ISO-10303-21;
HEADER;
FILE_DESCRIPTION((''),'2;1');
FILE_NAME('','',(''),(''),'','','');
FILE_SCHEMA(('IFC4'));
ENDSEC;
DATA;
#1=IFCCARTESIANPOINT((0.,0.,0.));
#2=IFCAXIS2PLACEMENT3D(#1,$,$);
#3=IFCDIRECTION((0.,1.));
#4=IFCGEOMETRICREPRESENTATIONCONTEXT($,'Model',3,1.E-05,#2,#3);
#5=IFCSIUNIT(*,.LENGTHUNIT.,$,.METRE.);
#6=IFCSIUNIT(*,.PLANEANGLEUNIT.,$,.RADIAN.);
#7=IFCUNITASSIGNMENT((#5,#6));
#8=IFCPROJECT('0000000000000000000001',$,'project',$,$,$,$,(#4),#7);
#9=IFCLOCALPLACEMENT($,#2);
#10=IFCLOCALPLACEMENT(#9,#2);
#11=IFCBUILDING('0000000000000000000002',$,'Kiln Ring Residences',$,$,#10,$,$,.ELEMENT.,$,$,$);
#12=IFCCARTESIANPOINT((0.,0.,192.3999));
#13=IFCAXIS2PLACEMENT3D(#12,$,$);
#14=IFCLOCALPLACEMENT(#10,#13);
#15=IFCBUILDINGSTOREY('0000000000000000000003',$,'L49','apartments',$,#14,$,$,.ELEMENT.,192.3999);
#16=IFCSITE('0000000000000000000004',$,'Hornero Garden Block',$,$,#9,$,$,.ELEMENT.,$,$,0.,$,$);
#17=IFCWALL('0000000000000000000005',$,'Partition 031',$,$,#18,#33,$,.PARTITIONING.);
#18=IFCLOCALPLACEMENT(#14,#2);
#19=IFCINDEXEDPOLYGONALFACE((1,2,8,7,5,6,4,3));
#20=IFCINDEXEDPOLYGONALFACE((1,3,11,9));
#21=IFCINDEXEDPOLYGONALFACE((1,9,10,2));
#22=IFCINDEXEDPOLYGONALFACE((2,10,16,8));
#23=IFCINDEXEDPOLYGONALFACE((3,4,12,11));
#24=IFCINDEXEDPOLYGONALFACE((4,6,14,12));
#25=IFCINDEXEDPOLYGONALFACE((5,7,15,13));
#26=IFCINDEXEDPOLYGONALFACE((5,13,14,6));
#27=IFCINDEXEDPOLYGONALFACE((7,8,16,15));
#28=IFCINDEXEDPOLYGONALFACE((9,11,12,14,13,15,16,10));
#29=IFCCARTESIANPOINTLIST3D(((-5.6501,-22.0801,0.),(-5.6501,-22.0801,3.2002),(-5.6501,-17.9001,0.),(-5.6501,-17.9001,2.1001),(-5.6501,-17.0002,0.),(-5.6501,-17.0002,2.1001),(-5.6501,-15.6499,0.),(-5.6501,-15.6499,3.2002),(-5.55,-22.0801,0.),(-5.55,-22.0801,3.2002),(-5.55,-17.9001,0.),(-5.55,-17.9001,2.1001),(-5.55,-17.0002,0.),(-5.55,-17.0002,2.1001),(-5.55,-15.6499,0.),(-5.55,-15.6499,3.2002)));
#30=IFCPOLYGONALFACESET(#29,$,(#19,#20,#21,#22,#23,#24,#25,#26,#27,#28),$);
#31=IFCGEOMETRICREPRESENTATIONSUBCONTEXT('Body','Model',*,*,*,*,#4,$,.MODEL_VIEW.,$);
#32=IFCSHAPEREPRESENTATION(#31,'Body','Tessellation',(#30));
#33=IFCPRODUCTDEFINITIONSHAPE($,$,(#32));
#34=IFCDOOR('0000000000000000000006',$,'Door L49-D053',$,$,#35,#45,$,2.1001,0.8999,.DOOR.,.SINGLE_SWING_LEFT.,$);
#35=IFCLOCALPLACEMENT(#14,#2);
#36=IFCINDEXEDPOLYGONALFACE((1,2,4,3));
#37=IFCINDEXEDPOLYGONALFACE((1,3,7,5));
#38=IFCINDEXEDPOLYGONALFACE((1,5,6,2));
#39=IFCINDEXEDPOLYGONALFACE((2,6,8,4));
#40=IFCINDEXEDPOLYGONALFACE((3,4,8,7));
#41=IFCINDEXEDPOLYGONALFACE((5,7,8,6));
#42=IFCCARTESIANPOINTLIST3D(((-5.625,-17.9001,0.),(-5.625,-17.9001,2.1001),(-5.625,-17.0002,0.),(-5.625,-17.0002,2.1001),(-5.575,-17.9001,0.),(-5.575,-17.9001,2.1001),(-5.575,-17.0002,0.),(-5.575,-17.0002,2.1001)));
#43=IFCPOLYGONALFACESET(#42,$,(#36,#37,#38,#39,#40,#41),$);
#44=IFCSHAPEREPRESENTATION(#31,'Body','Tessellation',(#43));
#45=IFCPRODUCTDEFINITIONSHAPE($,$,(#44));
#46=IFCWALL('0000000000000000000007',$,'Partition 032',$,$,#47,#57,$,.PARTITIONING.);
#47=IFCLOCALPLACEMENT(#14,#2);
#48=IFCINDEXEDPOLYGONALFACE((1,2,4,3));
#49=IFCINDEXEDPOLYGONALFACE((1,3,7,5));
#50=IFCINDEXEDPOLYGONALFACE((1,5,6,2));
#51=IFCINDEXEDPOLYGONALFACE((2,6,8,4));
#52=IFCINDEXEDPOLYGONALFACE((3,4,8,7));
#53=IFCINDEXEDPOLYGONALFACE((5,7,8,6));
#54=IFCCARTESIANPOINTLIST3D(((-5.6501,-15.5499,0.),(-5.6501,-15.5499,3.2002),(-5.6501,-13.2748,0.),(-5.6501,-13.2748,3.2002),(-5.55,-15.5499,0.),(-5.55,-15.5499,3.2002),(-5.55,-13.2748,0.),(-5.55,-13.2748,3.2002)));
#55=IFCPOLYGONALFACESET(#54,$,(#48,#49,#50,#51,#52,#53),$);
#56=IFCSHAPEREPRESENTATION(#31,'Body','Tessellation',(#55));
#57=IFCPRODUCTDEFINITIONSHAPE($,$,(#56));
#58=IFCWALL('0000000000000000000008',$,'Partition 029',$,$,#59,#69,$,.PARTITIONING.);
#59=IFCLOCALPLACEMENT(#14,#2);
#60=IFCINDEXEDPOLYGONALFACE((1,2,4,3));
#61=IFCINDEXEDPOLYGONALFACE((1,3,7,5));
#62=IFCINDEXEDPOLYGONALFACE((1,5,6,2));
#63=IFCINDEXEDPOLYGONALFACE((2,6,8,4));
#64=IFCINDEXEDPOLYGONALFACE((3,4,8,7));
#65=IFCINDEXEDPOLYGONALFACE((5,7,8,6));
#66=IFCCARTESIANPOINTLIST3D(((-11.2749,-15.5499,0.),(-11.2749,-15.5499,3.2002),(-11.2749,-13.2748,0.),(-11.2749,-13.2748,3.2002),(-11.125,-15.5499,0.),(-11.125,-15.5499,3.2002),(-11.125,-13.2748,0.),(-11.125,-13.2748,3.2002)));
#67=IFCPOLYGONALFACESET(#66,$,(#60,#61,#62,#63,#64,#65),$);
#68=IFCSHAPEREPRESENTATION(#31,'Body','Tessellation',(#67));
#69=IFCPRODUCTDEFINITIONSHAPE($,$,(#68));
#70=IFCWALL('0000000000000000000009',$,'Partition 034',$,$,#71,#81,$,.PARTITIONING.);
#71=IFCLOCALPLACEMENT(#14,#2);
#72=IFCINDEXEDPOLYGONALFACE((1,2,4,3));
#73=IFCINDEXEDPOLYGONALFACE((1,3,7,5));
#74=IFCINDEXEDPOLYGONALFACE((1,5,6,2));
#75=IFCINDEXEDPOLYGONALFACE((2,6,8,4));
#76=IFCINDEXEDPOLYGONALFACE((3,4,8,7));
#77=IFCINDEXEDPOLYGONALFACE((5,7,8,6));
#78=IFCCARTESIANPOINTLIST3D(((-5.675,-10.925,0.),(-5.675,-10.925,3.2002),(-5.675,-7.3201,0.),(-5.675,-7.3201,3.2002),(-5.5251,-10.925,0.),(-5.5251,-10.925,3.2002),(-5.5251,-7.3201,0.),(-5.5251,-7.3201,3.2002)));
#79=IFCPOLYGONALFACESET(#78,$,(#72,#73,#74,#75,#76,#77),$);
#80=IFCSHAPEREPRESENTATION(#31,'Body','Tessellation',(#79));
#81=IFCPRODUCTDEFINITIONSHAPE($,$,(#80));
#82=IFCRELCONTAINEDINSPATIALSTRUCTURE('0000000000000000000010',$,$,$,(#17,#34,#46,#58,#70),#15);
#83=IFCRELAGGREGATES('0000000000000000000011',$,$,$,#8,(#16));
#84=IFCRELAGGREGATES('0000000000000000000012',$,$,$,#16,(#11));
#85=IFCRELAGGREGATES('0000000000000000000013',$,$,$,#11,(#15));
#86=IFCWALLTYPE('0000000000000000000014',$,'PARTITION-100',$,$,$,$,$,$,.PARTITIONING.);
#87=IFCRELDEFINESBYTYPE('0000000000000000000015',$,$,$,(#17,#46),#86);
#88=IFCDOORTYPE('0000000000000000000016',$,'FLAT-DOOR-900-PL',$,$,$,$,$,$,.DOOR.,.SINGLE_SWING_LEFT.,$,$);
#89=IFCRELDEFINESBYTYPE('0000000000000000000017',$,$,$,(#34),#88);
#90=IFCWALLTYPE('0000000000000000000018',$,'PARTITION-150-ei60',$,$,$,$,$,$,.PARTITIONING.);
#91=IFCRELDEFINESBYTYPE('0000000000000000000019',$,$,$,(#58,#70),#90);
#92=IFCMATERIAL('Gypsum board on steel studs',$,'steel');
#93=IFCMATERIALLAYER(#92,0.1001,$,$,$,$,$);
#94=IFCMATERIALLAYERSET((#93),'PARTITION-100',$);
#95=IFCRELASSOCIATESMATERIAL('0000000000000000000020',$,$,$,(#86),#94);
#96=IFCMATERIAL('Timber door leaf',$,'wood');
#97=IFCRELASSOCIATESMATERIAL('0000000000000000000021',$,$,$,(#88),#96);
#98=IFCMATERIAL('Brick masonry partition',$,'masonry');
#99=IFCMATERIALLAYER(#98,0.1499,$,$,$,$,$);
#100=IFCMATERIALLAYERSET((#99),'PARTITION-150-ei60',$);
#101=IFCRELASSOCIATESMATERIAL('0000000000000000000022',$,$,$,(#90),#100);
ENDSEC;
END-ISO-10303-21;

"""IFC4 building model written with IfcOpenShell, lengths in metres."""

from ifc_helpers import new_model, si_unit, direction, frame, frame_2d, origin, place, context, subcontext, project, spatial, rectangle, extrude, material, layer, layer_set, type_object, element, fill, save


model = new_model("IFC4")

# Units and contexts
model_context = context("Model", 3, precision=1e-05, world=origin(), true_north=direction((0.0, 1.0)))
body_context = subcontext(model_context, "Body", "Model", "MODEL_VIEW")
ifc_project = project(units=[si_unit("LENGTHUNIT", "METRE"), si_unit("PLANEANGLEUNIT", "RADIAN")], contexts=[model_context])

# Site, building, storey
site_placement = place(None, origin())
site = spatial("IfcSite", under=ifc_project, at=site_placement, Name="Hornero Garden Block", CompositionType="ELEMENT", RefElevation=0.0)
building_placement = place(site_placement, origin())
building = spatial("IfcBuilding", under=site, at=building_placement, Name="Kiln Ring Residences", CompositionType="ELEMENT")
storey_placement = place(building_placement, frame((0.0, 0.0, 192.3999)))
storey = spatial("IfcBuildingStorey", under=building, at=storey_placement, Name="L49", Description="apartments", CompositionType="ELEMENT", Elevation=192.3999)

# Wall, opening, door
ifc_material_1 = material(Name="Gypsum board on steel studs", Category="steel")
ifc_layer_1 = layer(ifc_material_1, 0.1001)
ifc_layer_set_1 = layer_set([ifc_layer_1], Name="PARTITION-100")
wall_type_1 = type_object("IfcWallType", Name="PARTITION-100", PredefinedType="PARTITIONING", material=ifc_layer_set_1)
ifc_material_2 = material(Name="Timber door leaf", Category="wood")
door_type_1 = type_object("IfcDoorType", Name="FLAT-DOOR-900-PL", OperationType="SINGLE_SWING_LEFT", PredefinedType="DOOR", material=ifc_material_2)
wall_1_placement = place(storey_placement, frame((-5.6001, -22.0801, 0.0), z_axis=(0.0, 0.0, 1.0), x_axis=(0.0, 1.0, 0.0)))
wall_1 = element("IfcWall", 1, at=wall_1_placement, inside=storey, type_object=wall_type_1, Name="Partition 031", PredefinedType="PARTITIONING", context=body_context, shape_type="SweptSolid", body=[
    extrude(rectangle(XDim=6.4302, YDim=0.1001, at=frame_2d((3.2151, 0.0))), origin(), (0.0, 0.0, 1.0), 3.2002),
])
opening_1_placement = place(wall_1_placement, frame((4.1799, 0.0, 0.0)))
opening_1 = element("IfcOpeningElement", 2, at=opening_1_placement, cuts=wall_1, PredefinedType="OPENING", context=body_context, shape_type="SweptSolid", body=[
    extrude(rectangle(XDim=0.8999, YDim=2.1001, at=frame_2d((0.45, 1.05))), frame((0.0, 0.0601, 0.0), z_axis=(0.0, -1.0, 0.0), x_axis=(1.0, 0.0, 0.0)), (0.0, 0.0, 1.0), 0.1201),
])
door_1_placement = place(opening_1_placement, origin())
door_1 = element("IfcDoor", 3, at=door_1_placement, inside=storey, type_object=door_type_1, Name="Door L49-D053", OperationType="SINGLE_SWING_LEFT", OverallHeight=2.1001, OverallWidth=0.8999, PredefinedType="DOOR", context=body_context, shape_type="SweptSolid", body=[
    extrude(rectangle(XDim=0.8999, YDim=2.1001, at=frame_2d((0.45, 1.05))), frame((0.0, 0.0249, 0.0), z_axis=(0.0, -1.0, 0.0), x_axis=(1.0, 0.0, 0.0)), (0.0, 0.0, 1.0), 0.05),
])
fill(opening_1, door_1)

# Walls
wall_2_placement = place(storey_placement, frame((-5.6001, -15.55, 0.0), z_axis=(0.0, 0.0, 1.0), x_axis=(0.0, 1.0, 0.0)))
element("IfcWall", 4, at=wall_2_placement, inside=storey, type_object=wall_type_1, Name="Partition 032", PredefinedType="PARTITIONING", context=body_context, shape_type="SweptSolid", body=[
    extrude(rectangle(XDim=2.2751, YDim=0.1001, at=frame_2d((1.1377, 0.0))), origin(), (0.0, 0.0, 1.0), 3.2002),
])
ifc_material_3 = material(Name="Brick masonry partition", Category="masonry")
ifc_layer_2 = layer(ifc_material_3, 0.1499)
ifc_layer_set_2 = layer_set([ifc_layer_2], Name="PARTITION-150-ei60")
wall_type_2 = type_object("IfcWallType", Name="PARTITION-150-ei60", PredefinedType="PARTITIONING", material=ifc_layer_set_2)
wall_3_placement = place(storey_placement, frame((-11.2, -15.55, 0.0), z_axis=(0.0, 0.0, 1.0), x_axis=(0.0, 1.0, 0.0)))
element("IfcWall", 5, at=wall_3_placement, inside=storey, type_object=wall_type_2, Name="Partition 029", PredefinedType="PARTITIONING", context=body_context, shape_type="SweptSolid", body=[
    extrude(rectangle(XDim=2.2751, YDim=0.1499, at=frame_2d((1.1377, 0.0))), origin(), (0.0, 0.0, 1.0), 3.2002),
])
wall_4_placement = place(storey_placement, frame((-5.6001, -10.925, 0.0), z_axis=(0.0, 0.0, 1.0), x_axis=(0.0, 1.0, 0.0)))
element("IfcWall", 6, at=wall_4_placement, inside=storey, type_object=wall_type_2, Name="Partition 034", PredefinedType="PARTITIONING", context=body_context, shape_type="SweptSolid", body=[
    extrude(rectangle(XDim=3.605, YDim=0.1499, at=frame_2d((1.8025, 0.0))), origin(), (0.0, 0.0, 1.0), 3.2002),
])

save(model, "model.ifc")
